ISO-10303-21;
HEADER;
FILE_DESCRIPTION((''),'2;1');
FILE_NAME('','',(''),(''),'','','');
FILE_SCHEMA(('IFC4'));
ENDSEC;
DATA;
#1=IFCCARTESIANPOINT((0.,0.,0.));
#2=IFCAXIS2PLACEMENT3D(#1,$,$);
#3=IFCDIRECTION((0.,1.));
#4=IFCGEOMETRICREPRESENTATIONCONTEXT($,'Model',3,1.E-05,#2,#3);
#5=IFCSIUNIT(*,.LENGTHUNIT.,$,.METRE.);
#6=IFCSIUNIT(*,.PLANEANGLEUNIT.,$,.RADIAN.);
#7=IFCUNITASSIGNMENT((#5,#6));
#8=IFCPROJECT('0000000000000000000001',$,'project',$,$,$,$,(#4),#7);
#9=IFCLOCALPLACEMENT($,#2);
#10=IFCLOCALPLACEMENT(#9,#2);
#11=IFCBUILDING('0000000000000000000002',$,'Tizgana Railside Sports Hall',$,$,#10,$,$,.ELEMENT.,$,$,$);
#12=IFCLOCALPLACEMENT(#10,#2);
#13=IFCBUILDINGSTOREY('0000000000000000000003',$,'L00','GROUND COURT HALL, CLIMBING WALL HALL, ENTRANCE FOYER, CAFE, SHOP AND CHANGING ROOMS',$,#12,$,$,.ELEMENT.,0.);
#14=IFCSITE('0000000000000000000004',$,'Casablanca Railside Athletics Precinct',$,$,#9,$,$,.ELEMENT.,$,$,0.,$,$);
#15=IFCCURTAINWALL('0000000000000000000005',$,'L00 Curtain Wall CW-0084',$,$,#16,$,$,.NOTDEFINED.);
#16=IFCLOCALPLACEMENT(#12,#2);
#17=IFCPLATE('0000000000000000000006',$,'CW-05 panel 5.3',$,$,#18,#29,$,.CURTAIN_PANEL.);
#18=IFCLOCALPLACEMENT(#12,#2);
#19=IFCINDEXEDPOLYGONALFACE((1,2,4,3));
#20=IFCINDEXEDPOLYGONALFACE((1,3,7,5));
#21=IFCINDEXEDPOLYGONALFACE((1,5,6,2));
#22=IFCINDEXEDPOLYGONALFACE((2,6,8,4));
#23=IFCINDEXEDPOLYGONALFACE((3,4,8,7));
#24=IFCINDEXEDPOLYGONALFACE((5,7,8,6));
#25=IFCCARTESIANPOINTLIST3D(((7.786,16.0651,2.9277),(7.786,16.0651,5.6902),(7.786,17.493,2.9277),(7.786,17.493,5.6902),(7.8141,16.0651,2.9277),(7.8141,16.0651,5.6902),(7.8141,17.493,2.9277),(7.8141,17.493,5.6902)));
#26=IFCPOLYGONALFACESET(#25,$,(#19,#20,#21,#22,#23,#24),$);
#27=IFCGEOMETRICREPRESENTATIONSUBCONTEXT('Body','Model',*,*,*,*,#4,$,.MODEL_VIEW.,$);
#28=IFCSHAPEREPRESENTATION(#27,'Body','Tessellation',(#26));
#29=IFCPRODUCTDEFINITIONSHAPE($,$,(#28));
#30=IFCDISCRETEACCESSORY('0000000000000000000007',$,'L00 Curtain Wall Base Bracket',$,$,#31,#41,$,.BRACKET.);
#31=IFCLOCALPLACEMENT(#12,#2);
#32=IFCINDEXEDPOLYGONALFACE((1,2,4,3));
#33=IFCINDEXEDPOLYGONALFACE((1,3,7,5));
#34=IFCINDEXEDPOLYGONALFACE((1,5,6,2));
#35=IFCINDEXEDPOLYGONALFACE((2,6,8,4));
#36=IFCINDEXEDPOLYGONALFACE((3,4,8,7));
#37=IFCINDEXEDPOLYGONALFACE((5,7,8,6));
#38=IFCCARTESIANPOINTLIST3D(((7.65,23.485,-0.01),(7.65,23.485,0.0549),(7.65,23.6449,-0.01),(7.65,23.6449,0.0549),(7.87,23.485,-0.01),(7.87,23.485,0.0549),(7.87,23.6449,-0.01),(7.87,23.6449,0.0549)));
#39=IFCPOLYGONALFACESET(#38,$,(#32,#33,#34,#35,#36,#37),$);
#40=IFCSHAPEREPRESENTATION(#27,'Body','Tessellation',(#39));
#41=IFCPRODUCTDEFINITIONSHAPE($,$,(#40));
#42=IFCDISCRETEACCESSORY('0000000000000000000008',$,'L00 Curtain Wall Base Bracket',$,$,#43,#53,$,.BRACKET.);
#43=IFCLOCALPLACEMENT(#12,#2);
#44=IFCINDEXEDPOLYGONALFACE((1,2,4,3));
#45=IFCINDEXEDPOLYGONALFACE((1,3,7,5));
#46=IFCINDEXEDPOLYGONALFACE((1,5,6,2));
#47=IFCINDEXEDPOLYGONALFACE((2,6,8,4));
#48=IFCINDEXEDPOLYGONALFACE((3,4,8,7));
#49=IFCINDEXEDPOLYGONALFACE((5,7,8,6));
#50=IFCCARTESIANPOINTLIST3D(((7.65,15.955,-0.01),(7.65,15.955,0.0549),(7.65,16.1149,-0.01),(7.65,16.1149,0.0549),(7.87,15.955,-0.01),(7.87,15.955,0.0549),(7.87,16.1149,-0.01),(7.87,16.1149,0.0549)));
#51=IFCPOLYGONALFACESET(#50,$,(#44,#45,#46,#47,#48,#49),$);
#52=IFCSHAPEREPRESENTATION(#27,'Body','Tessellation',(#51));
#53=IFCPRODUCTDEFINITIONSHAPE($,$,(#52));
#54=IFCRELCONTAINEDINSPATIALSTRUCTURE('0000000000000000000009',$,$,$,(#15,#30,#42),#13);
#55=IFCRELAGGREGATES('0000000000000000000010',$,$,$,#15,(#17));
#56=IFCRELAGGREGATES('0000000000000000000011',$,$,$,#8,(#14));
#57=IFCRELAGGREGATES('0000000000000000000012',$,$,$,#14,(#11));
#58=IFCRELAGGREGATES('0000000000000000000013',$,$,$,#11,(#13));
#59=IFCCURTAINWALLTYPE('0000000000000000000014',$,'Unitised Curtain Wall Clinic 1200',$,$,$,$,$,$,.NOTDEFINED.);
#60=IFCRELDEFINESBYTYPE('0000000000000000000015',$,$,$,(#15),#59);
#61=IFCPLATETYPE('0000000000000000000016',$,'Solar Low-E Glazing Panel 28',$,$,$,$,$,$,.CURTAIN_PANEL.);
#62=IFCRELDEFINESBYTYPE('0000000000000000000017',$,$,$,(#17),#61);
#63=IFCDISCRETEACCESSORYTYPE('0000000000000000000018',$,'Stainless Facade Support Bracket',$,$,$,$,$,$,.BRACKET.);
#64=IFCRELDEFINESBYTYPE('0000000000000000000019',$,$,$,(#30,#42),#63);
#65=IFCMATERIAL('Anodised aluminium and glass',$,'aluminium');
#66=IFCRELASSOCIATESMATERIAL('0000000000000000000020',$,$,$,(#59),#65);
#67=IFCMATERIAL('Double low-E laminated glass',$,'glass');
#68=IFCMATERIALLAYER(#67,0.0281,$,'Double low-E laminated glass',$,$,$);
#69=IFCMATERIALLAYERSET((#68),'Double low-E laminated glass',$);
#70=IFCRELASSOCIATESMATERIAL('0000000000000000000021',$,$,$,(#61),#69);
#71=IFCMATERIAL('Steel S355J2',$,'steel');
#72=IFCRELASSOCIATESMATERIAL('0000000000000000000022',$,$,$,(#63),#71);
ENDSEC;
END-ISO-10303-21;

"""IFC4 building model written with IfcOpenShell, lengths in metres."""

from ifc_helpers import new_model, si_unit, direction, frame, origin, origin_2d, place, context, subcontext, project, spatial, rectangle, extrude, material, layer, layer_set, type_object, element, aggregate, save


model = new_model("IFC4")

# Units and contexts
model_context = context("Model", 3, precision=1e-05, world=origin(), true_north=direction((0.0, 1.0)))
body_context = subcontext(model_context, "Body", "Model", "MODEL_VIEW")
ifc_project = project(units=[si_unit("LENGTHUNIT", "METRE"), si_unit("PLANEANGLEUNIT", "RADIAN")], contexts=[model_context])

# Site, building, storey
site_placement = place(None, origin())
site = spatial("IfcSite", under=ifc_project, at=site_placement, Name="Casablanca Railside Athletics Precinct", CompositionType="ELEMENT", RefElevation=0.0)
building_placement = place(site_placement, origin())
building = spatial("IfcBuilding", under=site, at=building_placement, Name="Tizgana Railside Sports Hall", CompositionType="ELEMENT")
storey_placement = place(building_placement, origin())
storey = spatial("IfcBuildingStorey", under=building, at=storey_placement, Name="L00", Description="GROUND COURT HALL, CLIMBING WALL HALL, ENTRANCE FOYER, CAFE, SHOP AND CHANGING ROOMS", CompositionType="ELEMENT", Elevation=0.0)

# Curtain wall
ifc_material_1 = material(Name="Anodised aluminium and glass", Category="aluminium")
curtain_wall_type = type_object("IfcCurtainWallType", Name="Unitised Curtain Wall Clinic 1200", PredefinedType="NOTDEFINED", material=ifc_material_1)
curtain_wall_placement = place(storey_placement, origin())
curtain_wall = element("IfcCurtainWall", 1, at=curtain_wall_placement, inside=storey, type_object=curtain_wall_type, Name="L00 Curtain Wall CW-0084", PredefinedType="NOTDEFINED")

# Shared definitions
ifc_material_2 = material(Name="Steel S355J2", Category="steel")

# Plate
ifc_material_3 = material(Name="Double low-E laminated glass", Category="glass")
ifc_layer = layer(ifc_material_3, 0.0281, Name="Double low-E laminated glass")
ifc_layer_set = layer_set([ifc_layer], Name="Double low-E laminated glass")
plate_type = type_object("IfcPlateType", Name="Solar Low-E Glazing Panel 28", PredefinedType="CURTAIN_PANEL", material=ifc_layer_set)
plate_1_placement = place(storey_placement, frame((7.8, 16.7791, 2.9277), z_axis=(0.0, 0.0, 1.0), x_axis=(0.0, -1.0, 0.0)))
plate_1 = element("IfcPlate", 2, at=plate_1_placement, type_object=plate_type, Name="CW-05 panel 5.3", PredefinedType="CURTAIN_PANEL", context=body_context, shape_type="SweptSolid", body=[
    extrude(rectangle(XDim=1.428, YDim=0.0281, at=origin_2d()), origin(), (0.0, 0.0, 1.0), 2.7625),
])
aggregate(curtain_wall, [plate_1])

# Discrete accessories
discrete_accessory_type = type_object("IfcDiscreteAccessoryType", Name="Stainless Facade Support Bracket", PredefinedType="BRACKET", material=ifc_material_2)
for number, where, z_axis, x_axis, name in (
    (3, (7.76, 23.5649, -0.01), (0.0, 0.0, 1.0), (0.0, -1.0, 0.0), "L00 Curtain Wall Base Bracket"),
    (4, (7.76, 16.0349, -0.01), (0.0, 0.0, 1.0), (0.0, -1.0, 0.0), "L00 Curtain Wall Base Bracket"),
):
    element("IfcDiscreteAccessory", number, at=place(storey_placement, frame(where, z_axis=z_axis, x_axis=x_axis)), inside=storey, type_object=discrete_accessory_type, Name=name, PredefinedType="BRACKET", context=body_context, shape_type="SweptSolid", body=[
        extrude(rectangle(XDim=0.1599, YDim=0.22, at=origin_2d()), origin(), (0.0, 0.0, 1.0), 0.0649),
    ])

save(model, "model.ifc")
